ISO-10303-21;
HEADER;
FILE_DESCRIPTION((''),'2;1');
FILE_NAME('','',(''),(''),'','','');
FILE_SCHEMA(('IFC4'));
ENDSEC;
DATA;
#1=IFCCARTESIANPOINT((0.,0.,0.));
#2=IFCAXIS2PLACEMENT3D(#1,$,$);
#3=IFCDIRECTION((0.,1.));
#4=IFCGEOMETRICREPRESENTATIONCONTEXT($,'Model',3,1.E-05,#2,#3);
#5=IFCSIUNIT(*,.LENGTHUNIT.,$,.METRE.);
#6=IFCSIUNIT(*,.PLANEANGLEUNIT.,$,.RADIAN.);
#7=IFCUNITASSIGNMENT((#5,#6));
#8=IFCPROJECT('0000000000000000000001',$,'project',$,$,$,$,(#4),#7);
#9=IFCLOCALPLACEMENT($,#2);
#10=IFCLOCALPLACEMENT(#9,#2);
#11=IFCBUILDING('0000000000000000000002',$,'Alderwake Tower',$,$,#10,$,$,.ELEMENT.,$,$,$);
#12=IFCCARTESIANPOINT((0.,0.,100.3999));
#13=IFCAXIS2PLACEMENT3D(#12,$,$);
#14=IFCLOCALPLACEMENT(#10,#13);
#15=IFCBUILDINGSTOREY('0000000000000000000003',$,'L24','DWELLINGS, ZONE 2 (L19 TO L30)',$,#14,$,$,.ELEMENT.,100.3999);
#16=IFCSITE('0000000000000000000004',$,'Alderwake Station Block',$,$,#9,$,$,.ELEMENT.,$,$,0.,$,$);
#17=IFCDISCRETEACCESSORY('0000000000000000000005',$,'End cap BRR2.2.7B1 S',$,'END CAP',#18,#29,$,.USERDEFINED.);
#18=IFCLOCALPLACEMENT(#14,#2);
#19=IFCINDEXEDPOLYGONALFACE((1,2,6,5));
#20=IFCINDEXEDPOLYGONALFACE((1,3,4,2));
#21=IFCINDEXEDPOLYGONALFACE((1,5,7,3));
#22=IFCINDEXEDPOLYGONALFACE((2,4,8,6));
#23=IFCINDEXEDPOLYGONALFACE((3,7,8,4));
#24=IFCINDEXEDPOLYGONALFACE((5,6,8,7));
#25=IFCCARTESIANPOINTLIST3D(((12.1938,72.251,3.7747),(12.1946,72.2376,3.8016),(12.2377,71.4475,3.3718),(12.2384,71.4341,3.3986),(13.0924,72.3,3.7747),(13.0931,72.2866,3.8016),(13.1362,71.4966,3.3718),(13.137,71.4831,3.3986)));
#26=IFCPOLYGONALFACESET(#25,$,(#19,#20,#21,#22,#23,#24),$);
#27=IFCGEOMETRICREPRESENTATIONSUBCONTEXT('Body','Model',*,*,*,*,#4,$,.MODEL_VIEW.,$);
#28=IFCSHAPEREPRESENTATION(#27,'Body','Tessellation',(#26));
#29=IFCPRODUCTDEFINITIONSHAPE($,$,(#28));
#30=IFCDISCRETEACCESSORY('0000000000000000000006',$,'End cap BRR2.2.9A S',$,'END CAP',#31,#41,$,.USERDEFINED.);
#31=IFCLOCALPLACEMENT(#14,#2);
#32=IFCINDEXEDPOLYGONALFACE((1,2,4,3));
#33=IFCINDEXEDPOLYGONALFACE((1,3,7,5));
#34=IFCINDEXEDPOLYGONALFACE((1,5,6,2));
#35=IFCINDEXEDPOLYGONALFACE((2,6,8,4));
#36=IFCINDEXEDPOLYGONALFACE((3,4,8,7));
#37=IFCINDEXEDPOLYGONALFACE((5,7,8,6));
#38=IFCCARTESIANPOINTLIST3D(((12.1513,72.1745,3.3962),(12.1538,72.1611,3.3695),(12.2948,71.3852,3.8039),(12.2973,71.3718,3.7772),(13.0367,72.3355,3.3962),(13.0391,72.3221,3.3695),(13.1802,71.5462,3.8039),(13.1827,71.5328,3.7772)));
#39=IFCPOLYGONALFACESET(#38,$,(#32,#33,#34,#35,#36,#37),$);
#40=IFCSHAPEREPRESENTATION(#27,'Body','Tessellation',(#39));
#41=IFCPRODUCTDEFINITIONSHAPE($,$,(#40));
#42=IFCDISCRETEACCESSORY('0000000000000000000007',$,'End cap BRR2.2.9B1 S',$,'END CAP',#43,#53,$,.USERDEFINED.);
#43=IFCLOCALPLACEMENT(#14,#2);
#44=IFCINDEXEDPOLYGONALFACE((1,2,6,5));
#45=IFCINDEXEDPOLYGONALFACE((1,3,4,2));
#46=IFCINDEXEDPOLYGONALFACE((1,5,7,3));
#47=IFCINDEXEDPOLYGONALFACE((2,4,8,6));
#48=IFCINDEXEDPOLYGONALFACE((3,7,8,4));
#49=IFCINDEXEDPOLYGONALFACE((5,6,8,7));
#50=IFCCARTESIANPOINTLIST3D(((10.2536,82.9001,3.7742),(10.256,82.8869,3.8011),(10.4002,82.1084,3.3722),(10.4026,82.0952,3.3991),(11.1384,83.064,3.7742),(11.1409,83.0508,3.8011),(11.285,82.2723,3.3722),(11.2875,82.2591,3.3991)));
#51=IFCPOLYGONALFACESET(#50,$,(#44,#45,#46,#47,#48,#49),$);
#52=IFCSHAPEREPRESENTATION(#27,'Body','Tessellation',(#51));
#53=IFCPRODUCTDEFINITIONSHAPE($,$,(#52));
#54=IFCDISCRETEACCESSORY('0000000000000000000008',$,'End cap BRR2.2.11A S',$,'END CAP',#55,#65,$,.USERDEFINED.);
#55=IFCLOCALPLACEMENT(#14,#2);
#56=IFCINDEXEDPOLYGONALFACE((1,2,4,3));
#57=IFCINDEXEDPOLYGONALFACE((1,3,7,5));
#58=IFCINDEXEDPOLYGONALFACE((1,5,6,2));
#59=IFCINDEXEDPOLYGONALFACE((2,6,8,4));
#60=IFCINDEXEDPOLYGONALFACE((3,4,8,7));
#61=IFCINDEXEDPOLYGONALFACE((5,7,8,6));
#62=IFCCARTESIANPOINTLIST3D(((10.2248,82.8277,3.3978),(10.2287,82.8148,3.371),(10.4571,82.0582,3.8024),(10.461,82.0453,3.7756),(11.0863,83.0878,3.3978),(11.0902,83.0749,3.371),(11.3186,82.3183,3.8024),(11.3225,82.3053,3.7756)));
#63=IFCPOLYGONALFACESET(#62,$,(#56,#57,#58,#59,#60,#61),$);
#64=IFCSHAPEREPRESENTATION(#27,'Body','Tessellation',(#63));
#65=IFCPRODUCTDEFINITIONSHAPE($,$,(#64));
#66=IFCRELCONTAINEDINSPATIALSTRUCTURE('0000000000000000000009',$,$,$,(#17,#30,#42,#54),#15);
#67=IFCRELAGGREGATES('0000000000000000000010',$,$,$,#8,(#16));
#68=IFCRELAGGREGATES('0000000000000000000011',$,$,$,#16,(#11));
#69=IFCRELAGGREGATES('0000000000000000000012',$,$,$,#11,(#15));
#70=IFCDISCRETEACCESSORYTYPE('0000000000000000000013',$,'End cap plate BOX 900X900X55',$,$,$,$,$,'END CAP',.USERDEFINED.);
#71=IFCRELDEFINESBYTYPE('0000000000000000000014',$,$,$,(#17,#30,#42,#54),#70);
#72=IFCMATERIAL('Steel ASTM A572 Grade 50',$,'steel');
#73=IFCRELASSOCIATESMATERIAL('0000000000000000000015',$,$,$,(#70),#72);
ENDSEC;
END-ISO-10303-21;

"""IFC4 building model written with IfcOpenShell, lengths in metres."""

from ifc_helpers import new_model, si_unit, direction, frame, origin, origin_2d, place, context, subcontext, project, spatial, rectangle, extrude, material, material_profile, profile_set, type_object, element, save


model = new_model("IFC4")

# Units and contexts
model_context = context("Model", 3, precision=1e-05, world=origin(), true_north=direction((0.0, 1.0)))
body_context = subcontext(model_context, "Body", "Model", "MODEL_VIEW")
ifc_project = project(units=[si_unit("LENGTHUNIT", "METRE"), si_unit("PLANEANGLEUNIT", "RADIAN")], contexts=[model_context])

# Site, building, storey
site_placement = place(None, origin())
site = spatial("IfcSite", under=ifc_project, at=site_placement, Name="Alderwake Station Block", CompositionType="ELEMENT", RefElevation=0.0)
building_placement = place(site_placement, origin())
building = spatial("IfcBuilding", under=site, at=building_placement, Name="Alderwake Tower", CompositionType="ELEMENT")
storey_placement = place(building_placement, frame((0.0, 0.0, 100.3999)))
storey = spatial("IfcBuildingStorey", under=building, at=storey_placement, Name="L24", Description="DWELLINGS, ZONE 2 (L19 TO L30)", CompositionType="ELEMENT", Elevation=100.3999)

# Discrete accessories
ifc_material_1 = material(Name="Steel ASTM A572 Grade 50", Category="steel")
ifc_material_profile_1 = material_profile(ifc_material_1, rectangle(XDim=0.8999, YDim=0.8999, at=origin_2d()), Name="BOX 900X900X55 cap")
ifc_profile_set_1 = profile_set([ifc_material_profile_1], Name="Steel ASTM A572 Grade 50")
discrete_accessory_type = type_object("IfcDiscreteAccessoryType", Name="End cap plate BOX 900X900X55", ElementType="END CAP", PredefinedType="USERDEFINED", material=ifc_profile_set_1)
for number, where, z_axis, x_axis, name in (
    (1, (12.6658, 71.8604, 3.6001), (-0.024386, 0.447081, -0.894161), (-0.998516, -0.054464, 0.0), "End cap BRR2.2.7B1 S"),
    (2, (12.6658, 71.8604, 3.6001), (0.081044, -0.445742, -0.891485), (0.98387, 0.178885, 0.0), "End cap BRR2.2.9A S"),
    (3, (10.7717, 82.573, 3.6001), (-0.081336, 0.439213, -0.894693), (-0.983282, -0.182089, 0.0), "End cap BRR2.2.9B1 S"),
    (4, (10.7717, 82.573, 3.6001), (0.129927, -0.430383, -0.893247), (0.957328, 0.289005, 0.0), "End cap BRR2.2.11A S"),
):
    element("IfcDiscreteAccessory", number, at=place(storey_placement, frame(where, z_axis=z_axis, x_axis=x_axis)), inside=storey, type_object=discrete_accessory_type, Name=name, ObjectType="END CAP", PredefinedType="USERDEFINED", context=body_context, shape_type="SweptSolid", body=[
        extrude(rectangle(XDim=0.8999, YDim=0.8999, at=origin_2d()), origin(), (0.0, 0.0, 1.0), 0.03),
    ])

save(model, "model.ifc")
